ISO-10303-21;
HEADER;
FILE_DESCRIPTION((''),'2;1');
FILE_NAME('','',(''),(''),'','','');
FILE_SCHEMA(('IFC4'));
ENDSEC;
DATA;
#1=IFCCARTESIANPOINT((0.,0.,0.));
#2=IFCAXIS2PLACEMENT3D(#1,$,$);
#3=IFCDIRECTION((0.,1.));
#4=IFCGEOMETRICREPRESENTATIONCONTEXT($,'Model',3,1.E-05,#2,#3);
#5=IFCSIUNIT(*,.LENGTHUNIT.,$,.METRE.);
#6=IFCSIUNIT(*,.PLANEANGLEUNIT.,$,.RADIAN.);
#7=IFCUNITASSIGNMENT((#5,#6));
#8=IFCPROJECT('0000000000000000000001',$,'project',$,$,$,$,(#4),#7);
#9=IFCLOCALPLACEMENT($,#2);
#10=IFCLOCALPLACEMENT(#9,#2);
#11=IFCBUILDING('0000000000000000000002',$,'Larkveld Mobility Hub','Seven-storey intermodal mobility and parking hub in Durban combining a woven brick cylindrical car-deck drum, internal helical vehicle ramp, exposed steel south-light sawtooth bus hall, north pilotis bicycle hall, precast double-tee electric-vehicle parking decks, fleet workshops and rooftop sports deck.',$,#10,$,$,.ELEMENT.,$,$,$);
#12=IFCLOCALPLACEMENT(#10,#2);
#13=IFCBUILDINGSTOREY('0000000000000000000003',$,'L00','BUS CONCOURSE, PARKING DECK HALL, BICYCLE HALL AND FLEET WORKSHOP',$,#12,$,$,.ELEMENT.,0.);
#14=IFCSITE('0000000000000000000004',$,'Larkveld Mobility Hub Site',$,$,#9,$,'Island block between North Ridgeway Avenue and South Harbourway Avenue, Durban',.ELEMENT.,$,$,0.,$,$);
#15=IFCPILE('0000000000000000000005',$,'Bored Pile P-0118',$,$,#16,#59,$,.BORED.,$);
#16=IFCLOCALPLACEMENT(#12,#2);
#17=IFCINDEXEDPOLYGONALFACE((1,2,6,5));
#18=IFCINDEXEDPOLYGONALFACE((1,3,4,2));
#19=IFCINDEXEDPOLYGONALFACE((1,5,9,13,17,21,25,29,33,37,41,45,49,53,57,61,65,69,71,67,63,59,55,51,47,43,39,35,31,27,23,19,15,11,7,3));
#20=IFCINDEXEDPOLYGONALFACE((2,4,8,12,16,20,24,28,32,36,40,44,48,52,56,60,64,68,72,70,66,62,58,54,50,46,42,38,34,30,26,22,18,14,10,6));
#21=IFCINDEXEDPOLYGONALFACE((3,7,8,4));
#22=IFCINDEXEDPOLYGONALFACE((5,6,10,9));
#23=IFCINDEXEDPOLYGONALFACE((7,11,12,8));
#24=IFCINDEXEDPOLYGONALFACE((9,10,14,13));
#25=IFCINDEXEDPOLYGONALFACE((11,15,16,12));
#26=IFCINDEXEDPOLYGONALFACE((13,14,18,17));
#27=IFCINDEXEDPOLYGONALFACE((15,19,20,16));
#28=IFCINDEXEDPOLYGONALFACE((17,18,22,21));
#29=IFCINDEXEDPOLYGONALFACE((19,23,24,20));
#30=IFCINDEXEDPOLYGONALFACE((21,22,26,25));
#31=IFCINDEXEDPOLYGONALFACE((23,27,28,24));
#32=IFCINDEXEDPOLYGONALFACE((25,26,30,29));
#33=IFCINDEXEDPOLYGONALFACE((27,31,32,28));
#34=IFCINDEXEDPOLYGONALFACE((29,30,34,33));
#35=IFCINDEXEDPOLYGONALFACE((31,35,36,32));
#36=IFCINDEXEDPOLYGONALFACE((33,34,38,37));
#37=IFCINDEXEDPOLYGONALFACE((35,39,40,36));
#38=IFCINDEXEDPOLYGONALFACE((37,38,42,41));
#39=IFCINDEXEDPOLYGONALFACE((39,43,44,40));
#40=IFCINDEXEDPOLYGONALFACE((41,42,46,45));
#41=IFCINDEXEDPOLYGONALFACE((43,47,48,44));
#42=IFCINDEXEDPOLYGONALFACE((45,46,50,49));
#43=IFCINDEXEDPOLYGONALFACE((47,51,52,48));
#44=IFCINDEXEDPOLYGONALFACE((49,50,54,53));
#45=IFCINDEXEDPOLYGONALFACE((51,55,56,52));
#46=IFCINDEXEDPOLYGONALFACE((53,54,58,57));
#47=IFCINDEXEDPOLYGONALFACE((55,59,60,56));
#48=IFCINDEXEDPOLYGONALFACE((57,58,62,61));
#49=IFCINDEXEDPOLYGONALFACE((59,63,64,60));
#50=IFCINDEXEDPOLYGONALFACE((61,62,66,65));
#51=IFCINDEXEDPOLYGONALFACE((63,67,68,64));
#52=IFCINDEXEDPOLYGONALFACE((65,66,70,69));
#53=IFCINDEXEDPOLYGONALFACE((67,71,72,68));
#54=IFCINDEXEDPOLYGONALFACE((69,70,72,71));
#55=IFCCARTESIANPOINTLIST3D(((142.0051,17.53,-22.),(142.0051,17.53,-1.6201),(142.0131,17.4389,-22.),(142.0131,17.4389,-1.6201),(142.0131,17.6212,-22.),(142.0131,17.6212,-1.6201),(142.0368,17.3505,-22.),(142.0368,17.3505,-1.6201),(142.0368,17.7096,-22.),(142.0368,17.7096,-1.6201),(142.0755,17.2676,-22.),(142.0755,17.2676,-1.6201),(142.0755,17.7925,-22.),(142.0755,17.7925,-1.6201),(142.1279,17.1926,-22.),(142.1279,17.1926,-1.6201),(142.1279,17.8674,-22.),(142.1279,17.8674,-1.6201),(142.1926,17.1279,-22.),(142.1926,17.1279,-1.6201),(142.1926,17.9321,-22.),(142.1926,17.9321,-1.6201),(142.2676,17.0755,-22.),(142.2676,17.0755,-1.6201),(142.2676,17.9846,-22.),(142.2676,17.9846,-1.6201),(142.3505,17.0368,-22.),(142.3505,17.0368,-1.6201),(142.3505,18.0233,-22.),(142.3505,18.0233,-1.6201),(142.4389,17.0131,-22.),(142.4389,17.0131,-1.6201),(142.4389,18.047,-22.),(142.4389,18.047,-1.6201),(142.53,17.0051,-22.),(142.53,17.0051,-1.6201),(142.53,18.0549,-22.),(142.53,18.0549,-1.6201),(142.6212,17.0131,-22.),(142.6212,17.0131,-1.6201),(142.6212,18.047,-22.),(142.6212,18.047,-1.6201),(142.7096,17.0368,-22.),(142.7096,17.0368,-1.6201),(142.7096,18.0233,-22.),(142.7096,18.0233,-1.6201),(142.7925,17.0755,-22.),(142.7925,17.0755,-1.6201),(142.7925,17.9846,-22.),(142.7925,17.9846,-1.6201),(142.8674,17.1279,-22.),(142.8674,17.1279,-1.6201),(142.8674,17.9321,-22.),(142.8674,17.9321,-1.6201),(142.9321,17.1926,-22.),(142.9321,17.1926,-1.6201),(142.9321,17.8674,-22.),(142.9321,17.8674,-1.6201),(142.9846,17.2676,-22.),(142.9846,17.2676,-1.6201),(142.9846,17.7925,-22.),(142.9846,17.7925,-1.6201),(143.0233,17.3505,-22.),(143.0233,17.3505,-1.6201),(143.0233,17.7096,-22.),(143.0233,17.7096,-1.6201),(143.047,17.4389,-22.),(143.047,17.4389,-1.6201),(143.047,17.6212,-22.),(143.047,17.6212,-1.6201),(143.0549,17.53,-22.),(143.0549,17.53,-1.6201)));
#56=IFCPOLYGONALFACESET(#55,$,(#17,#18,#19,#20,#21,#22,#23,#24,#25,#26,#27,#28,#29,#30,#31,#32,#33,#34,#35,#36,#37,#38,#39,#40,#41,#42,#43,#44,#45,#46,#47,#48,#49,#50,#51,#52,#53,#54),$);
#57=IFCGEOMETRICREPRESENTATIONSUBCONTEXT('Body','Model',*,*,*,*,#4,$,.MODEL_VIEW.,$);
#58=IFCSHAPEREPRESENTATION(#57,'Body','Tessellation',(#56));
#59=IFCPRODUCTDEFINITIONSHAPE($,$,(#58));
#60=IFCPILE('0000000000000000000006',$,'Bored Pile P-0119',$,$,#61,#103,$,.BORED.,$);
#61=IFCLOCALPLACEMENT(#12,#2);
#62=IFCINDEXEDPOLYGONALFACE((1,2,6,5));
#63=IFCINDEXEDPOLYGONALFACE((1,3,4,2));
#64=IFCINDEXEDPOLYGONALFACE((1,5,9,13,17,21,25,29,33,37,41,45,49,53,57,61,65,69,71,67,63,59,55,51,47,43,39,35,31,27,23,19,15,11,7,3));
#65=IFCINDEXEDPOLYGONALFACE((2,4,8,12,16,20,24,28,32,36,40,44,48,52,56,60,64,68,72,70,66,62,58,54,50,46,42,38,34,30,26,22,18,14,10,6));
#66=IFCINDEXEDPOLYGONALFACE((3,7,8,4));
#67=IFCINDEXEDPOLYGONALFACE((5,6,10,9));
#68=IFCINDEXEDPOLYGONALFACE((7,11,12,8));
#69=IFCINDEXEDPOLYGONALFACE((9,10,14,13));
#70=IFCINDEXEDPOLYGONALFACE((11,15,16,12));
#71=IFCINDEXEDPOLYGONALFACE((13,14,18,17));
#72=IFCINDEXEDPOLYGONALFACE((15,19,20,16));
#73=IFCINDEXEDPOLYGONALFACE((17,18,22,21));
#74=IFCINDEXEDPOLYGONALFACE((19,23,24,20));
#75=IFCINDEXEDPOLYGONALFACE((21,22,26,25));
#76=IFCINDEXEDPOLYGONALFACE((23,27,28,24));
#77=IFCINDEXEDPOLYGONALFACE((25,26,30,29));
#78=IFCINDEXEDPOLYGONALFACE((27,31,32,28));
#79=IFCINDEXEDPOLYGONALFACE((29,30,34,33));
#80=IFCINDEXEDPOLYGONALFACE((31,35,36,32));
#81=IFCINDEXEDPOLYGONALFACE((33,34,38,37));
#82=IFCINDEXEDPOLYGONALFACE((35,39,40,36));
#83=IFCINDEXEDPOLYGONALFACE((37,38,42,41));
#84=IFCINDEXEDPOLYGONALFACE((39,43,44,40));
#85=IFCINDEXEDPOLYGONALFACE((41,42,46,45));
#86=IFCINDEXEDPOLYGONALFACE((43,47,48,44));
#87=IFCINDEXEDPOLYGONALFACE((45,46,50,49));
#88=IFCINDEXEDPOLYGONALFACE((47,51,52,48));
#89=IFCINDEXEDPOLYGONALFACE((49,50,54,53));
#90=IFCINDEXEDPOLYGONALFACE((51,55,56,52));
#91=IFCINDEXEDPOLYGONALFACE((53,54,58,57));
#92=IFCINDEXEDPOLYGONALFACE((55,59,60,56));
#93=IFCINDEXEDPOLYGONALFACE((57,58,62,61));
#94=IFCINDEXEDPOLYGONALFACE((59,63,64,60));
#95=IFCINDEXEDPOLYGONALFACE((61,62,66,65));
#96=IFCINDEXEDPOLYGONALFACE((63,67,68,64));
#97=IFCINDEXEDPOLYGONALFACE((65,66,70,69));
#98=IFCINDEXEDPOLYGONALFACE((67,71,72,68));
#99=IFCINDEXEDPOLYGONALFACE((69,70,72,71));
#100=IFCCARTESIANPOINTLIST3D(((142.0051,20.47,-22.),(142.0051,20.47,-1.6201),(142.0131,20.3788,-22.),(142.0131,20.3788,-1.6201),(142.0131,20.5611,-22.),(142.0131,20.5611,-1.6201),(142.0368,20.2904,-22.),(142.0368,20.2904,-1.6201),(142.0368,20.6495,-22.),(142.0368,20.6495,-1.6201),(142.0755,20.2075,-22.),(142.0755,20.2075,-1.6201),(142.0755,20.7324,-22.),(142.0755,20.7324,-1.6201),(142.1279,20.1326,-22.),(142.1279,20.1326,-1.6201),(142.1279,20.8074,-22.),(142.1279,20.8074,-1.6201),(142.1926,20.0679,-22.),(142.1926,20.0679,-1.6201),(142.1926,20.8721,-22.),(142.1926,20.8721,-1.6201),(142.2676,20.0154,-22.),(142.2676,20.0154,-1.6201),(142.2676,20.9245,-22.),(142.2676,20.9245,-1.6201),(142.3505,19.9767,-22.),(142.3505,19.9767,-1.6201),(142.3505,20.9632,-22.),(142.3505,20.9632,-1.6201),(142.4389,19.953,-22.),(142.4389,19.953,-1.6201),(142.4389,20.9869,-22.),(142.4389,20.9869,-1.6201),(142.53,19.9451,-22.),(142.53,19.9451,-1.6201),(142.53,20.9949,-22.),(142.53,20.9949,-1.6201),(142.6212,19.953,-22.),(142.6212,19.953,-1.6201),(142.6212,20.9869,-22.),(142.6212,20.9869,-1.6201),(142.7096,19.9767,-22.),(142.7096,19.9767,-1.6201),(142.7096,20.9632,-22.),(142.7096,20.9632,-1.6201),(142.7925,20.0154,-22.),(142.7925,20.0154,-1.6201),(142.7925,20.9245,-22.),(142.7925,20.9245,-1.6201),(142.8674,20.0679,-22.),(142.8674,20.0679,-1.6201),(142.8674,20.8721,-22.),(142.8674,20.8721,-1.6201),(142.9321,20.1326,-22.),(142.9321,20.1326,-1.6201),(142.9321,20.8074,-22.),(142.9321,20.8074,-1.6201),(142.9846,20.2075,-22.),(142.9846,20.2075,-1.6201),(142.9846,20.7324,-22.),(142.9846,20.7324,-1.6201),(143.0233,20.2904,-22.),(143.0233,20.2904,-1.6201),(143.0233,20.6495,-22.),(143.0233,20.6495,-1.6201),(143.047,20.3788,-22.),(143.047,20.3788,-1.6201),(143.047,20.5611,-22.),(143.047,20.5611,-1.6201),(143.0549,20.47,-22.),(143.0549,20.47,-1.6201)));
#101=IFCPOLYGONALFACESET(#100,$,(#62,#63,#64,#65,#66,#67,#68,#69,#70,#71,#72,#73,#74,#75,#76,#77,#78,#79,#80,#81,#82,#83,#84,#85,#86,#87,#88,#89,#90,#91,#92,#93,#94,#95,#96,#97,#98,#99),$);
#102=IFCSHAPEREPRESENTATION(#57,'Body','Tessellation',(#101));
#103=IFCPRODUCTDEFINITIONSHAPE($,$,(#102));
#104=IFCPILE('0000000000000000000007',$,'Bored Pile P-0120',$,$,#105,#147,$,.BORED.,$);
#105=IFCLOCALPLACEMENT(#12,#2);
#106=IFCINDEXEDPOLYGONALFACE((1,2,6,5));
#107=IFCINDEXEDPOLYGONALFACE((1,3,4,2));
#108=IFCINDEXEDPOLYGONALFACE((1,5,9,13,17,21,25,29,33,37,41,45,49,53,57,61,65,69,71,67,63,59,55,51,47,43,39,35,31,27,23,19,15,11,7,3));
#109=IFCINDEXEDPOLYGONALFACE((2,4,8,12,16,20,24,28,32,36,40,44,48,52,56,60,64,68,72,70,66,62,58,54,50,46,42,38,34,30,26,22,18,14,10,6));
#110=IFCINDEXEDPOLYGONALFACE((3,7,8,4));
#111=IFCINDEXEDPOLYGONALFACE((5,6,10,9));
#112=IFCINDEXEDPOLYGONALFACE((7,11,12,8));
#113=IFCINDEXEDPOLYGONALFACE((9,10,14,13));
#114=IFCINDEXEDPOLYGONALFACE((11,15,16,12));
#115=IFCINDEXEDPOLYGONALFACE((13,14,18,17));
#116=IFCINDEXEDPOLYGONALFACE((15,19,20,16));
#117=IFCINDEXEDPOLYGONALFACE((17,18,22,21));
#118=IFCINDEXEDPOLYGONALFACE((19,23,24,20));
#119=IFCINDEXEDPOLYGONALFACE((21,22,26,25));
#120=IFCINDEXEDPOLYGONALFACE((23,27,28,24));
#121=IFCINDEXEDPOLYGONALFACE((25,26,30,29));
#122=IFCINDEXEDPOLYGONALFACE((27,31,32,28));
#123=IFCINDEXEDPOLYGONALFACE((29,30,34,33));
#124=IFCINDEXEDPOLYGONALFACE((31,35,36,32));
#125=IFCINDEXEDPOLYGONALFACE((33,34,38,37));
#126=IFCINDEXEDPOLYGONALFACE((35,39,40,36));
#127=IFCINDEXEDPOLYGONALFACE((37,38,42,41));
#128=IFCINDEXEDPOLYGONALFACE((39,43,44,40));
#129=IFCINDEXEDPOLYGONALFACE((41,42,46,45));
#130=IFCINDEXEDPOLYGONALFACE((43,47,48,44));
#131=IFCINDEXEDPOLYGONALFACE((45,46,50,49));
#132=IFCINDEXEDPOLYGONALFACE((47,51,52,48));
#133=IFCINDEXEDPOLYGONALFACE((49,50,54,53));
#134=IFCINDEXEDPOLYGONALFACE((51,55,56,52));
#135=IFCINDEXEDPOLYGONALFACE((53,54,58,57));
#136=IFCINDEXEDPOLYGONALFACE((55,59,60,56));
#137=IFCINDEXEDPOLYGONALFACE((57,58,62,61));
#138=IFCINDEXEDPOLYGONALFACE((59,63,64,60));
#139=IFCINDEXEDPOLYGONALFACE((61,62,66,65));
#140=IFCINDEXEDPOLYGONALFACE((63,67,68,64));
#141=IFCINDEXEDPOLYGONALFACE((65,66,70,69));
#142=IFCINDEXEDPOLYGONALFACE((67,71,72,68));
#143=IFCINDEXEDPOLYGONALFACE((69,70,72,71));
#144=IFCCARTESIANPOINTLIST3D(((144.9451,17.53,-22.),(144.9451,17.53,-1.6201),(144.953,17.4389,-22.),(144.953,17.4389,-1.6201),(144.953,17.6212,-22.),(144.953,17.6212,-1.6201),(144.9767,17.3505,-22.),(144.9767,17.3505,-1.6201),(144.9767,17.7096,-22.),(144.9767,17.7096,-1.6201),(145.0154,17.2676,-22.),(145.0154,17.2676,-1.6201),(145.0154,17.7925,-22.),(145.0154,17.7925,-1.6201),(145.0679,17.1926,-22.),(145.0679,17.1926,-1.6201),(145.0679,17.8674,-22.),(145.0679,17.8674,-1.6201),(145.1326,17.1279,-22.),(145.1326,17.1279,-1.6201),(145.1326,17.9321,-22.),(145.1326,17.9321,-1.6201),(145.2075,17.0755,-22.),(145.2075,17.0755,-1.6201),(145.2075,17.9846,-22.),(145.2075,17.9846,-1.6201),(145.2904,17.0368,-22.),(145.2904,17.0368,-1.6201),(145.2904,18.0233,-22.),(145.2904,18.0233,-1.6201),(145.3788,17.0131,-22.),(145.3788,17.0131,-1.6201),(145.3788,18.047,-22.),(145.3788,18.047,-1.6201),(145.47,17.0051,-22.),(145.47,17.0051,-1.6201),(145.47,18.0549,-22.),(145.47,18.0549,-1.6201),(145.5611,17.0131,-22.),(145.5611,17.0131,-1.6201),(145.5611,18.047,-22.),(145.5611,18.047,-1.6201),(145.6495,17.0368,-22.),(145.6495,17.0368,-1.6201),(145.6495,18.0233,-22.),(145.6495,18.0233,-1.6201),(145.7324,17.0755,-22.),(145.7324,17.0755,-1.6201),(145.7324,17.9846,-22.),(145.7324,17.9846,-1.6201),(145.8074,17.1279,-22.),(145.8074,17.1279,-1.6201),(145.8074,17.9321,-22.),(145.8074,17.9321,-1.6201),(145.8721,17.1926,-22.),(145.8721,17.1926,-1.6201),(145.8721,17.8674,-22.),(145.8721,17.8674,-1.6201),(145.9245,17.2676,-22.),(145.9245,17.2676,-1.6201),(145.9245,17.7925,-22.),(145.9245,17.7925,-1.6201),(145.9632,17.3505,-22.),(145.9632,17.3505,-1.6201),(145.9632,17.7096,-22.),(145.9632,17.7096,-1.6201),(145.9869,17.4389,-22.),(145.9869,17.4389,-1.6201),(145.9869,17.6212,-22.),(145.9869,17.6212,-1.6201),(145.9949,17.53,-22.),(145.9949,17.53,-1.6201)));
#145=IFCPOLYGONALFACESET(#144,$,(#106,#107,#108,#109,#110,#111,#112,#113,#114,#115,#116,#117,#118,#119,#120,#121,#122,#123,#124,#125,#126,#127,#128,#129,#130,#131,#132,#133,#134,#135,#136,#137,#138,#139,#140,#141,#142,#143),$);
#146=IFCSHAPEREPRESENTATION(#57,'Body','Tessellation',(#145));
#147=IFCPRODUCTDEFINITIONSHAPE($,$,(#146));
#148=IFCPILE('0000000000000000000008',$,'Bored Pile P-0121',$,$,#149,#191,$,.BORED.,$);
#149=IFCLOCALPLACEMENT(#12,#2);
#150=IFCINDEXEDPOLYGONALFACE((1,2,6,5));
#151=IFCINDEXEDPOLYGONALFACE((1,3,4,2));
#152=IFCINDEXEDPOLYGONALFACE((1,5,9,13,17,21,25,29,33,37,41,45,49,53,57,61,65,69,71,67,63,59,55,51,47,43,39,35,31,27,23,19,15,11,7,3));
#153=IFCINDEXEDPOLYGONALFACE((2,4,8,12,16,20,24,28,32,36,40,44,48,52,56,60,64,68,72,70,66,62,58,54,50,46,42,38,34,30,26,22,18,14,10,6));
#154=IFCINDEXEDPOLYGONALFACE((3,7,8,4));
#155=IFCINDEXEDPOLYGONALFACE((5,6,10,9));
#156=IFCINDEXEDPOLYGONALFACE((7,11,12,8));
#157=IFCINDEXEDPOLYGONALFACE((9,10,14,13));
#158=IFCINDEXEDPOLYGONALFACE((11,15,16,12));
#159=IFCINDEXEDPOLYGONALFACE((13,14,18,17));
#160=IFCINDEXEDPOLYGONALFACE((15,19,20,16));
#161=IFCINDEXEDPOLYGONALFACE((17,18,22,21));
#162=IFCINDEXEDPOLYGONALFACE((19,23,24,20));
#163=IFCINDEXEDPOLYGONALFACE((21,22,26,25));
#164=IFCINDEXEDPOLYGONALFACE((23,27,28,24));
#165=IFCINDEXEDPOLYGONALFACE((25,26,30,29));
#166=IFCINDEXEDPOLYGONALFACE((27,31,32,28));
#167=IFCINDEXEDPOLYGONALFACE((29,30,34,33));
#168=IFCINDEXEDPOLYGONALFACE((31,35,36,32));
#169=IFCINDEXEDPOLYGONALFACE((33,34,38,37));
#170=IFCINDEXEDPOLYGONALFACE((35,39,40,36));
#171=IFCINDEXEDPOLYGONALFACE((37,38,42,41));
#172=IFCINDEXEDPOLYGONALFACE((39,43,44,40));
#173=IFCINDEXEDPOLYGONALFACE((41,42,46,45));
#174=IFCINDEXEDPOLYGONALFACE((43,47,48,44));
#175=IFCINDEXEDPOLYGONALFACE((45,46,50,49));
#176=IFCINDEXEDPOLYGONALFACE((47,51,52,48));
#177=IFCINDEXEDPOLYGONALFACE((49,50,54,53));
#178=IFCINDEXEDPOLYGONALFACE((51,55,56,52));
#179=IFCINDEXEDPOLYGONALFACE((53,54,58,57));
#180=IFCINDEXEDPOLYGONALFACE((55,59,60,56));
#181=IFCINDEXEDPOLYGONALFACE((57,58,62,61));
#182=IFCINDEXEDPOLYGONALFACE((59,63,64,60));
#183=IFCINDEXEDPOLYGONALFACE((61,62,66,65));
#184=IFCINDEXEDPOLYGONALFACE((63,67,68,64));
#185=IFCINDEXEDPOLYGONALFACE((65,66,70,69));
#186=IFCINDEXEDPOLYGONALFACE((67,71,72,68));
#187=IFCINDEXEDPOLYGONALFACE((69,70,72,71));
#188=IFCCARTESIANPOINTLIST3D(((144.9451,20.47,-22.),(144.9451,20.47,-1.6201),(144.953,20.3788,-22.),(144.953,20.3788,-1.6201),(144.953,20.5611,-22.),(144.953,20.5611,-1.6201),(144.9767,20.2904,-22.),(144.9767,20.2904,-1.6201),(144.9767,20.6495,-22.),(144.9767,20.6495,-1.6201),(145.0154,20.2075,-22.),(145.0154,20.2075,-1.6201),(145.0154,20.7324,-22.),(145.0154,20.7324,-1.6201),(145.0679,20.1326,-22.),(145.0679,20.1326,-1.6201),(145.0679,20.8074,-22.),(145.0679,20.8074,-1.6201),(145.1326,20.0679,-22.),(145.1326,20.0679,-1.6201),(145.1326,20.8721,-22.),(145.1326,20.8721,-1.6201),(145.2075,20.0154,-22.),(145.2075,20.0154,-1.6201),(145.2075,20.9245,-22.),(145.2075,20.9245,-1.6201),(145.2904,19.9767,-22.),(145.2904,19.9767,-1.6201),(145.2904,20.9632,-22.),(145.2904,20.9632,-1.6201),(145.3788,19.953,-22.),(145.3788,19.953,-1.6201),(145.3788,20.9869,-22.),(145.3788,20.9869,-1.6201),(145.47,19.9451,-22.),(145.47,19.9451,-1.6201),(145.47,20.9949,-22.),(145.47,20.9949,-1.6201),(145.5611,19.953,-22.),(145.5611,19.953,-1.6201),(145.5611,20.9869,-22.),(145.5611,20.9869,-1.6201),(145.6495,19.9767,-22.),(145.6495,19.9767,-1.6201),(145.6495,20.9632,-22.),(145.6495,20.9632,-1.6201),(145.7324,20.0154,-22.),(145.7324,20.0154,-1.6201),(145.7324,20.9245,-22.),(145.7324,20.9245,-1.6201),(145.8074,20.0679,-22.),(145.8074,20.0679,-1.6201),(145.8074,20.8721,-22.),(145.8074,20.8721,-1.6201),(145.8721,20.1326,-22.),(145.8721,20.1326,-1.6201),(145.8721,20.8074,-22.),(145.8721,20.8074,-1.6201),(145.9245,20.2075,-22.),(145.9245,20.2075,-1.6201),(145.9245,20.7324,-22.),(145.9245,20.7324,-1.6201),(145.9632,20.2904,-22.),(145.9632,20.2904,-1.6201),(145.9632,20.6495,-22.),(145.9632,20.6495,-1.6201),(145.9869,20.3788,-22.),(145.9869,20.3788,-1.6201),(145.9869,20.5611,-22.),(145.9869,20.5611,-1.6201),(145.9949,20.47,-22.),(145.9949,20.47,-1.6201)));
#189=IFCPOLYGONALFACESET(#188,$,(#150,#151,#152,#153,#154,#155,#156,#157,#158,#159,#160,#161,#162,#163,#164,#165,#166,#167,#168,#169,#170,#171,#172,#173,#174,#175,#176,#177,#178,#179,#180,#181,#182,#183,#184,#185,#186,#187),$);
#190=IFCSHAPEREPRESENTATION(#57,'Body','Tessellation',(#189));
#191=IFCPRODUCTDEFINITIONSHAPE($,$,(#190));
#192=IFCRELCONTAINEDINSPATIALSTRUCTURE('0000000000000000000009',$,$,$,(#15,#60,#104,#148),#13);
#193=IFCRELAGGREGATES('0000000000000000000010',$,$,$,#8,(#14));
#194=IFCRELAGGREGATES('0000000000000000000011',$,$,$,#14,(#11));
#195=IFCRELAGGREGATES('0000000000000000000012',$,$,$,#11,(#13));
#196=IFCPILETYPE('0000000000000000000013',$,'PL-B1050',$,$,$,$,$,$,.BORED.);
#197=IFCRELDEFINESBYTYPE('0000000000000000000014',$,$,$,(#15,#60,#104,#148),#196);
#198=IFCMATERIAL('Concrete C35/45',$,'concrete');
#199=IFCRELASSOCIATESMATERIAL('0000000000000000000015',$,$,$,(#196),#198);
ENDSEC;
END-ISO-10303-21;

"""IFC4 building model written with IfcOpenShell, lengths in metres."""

from ifc_helpers import new_model, si_unit, direction, frame, origin, origin_2d, place, context, subcontext, project, spatial, circle, extrude, material, material_profile, profile_set, type_object, element, save


model = new_model("IFC4")

# Units and contexts
model_context = context("Model", 3, precision=1e-05, world=origin(), true_north=direction((0.0, 1.0)))
body_context = subcontext(model_context, "Body", "Model", "MODEL_VIEW")
ifc_project = project(units=[si_unit("LENGTHUNIT", "METRE"), si_unit("PLANEANGLEUNIT", "RADIAN")], contexts=[model_context])

# Site, building, storey
site_placement = place(None, origin())
site = spatial("IfcSite", under=ifc_project, at=site_placement, Name="Larkveld Mobility Hub Site", LongName="Island block between North Ridgeway Avenue and South Harbourway Avenue, Durban", CompositionType="ELEMENT", RefElevation=0.0)
building_placement = place(site_placement, origin())
building = spatial("IfcBuilding", under=site, at=building_placement, Name="Larkveld Mobility Hub", Description="Seven-storey intermodal mobility and parking hub in Durban combining a woven brick cylindrical car-deck drum, internal helical vehicle ramp, exposed steel south-light sawtooth bus hall, north pilotis bicycle hall, precast double-tee electric-vehicle parking decks, fleet workshops and rooftop sports deck.", CompositionType="ELEMENT")
storey_placement = place(building_placement, origin())
storey = spatial("IfcBuildingStorey", under=building, at=storey_placement, Name="L00", Description="BUS CONCOURSE, PARKING DECK HALL, BICYCLE HALL AND FLEET WORKSHOP", CompositionType="ELEMENT", Elevation=0.0)

# Shared definitions
ifc_material_1 = material(Name="Concrete C35/45", Category="concrete")

# Piles
ifc_material_profile_1 = material_profile(ifc_material_1, circle(Radius=0.5249, at=origin_2d()), Name="PILE D1050")
ifc_profile_set_1 = profile_set([ifc_material_profile_1], Name="Concrete C35/45")
pile_type = type_object("IfcPileType", Name="PL-B1050", PredefinedType="BORED", material=ifc_profile_set_1)
for number, where, z_axis, x_axis, name in (
    (1, (142.53, 17.53, -1.6201), (0.0, 0.0, -1.0), (1.0, 0.0, 0.0), "Bored Pile P-0118"),
    (2, (142.53, 20.47, -1.6201), (0.0, 0.0, -1.0), (1.0, 0.0, 0.0), "Bored Pile P-0119"),
    (3, (145.47, 17.53, -1.6201), (0.0, 0.0, -1.0), (1.0, 0.0, 0.0), "Bored Pile P-0120"),
    (4, (145.47, 20.47, -1.6201), (0.0, 0.0, -1.0), (1.0, 0.0, 0.0), "Bored Pile P-0121"),
):
    element("IfcPile", number, at=place(storey_placement, frame(where, z_axis=z_axis, x_axis=x_axis)), inside=storey, type_object=pile_type, Name=name, PredefinedType="BORED", context=body_context, shape_type="SweptSolid", body=[
        extrude(circle(Radius=0.5249, at=origin_2d()), origin(), (0.0, 0.0, 1.0), 20.3799),
    ])

save(model, "model.ifc")
